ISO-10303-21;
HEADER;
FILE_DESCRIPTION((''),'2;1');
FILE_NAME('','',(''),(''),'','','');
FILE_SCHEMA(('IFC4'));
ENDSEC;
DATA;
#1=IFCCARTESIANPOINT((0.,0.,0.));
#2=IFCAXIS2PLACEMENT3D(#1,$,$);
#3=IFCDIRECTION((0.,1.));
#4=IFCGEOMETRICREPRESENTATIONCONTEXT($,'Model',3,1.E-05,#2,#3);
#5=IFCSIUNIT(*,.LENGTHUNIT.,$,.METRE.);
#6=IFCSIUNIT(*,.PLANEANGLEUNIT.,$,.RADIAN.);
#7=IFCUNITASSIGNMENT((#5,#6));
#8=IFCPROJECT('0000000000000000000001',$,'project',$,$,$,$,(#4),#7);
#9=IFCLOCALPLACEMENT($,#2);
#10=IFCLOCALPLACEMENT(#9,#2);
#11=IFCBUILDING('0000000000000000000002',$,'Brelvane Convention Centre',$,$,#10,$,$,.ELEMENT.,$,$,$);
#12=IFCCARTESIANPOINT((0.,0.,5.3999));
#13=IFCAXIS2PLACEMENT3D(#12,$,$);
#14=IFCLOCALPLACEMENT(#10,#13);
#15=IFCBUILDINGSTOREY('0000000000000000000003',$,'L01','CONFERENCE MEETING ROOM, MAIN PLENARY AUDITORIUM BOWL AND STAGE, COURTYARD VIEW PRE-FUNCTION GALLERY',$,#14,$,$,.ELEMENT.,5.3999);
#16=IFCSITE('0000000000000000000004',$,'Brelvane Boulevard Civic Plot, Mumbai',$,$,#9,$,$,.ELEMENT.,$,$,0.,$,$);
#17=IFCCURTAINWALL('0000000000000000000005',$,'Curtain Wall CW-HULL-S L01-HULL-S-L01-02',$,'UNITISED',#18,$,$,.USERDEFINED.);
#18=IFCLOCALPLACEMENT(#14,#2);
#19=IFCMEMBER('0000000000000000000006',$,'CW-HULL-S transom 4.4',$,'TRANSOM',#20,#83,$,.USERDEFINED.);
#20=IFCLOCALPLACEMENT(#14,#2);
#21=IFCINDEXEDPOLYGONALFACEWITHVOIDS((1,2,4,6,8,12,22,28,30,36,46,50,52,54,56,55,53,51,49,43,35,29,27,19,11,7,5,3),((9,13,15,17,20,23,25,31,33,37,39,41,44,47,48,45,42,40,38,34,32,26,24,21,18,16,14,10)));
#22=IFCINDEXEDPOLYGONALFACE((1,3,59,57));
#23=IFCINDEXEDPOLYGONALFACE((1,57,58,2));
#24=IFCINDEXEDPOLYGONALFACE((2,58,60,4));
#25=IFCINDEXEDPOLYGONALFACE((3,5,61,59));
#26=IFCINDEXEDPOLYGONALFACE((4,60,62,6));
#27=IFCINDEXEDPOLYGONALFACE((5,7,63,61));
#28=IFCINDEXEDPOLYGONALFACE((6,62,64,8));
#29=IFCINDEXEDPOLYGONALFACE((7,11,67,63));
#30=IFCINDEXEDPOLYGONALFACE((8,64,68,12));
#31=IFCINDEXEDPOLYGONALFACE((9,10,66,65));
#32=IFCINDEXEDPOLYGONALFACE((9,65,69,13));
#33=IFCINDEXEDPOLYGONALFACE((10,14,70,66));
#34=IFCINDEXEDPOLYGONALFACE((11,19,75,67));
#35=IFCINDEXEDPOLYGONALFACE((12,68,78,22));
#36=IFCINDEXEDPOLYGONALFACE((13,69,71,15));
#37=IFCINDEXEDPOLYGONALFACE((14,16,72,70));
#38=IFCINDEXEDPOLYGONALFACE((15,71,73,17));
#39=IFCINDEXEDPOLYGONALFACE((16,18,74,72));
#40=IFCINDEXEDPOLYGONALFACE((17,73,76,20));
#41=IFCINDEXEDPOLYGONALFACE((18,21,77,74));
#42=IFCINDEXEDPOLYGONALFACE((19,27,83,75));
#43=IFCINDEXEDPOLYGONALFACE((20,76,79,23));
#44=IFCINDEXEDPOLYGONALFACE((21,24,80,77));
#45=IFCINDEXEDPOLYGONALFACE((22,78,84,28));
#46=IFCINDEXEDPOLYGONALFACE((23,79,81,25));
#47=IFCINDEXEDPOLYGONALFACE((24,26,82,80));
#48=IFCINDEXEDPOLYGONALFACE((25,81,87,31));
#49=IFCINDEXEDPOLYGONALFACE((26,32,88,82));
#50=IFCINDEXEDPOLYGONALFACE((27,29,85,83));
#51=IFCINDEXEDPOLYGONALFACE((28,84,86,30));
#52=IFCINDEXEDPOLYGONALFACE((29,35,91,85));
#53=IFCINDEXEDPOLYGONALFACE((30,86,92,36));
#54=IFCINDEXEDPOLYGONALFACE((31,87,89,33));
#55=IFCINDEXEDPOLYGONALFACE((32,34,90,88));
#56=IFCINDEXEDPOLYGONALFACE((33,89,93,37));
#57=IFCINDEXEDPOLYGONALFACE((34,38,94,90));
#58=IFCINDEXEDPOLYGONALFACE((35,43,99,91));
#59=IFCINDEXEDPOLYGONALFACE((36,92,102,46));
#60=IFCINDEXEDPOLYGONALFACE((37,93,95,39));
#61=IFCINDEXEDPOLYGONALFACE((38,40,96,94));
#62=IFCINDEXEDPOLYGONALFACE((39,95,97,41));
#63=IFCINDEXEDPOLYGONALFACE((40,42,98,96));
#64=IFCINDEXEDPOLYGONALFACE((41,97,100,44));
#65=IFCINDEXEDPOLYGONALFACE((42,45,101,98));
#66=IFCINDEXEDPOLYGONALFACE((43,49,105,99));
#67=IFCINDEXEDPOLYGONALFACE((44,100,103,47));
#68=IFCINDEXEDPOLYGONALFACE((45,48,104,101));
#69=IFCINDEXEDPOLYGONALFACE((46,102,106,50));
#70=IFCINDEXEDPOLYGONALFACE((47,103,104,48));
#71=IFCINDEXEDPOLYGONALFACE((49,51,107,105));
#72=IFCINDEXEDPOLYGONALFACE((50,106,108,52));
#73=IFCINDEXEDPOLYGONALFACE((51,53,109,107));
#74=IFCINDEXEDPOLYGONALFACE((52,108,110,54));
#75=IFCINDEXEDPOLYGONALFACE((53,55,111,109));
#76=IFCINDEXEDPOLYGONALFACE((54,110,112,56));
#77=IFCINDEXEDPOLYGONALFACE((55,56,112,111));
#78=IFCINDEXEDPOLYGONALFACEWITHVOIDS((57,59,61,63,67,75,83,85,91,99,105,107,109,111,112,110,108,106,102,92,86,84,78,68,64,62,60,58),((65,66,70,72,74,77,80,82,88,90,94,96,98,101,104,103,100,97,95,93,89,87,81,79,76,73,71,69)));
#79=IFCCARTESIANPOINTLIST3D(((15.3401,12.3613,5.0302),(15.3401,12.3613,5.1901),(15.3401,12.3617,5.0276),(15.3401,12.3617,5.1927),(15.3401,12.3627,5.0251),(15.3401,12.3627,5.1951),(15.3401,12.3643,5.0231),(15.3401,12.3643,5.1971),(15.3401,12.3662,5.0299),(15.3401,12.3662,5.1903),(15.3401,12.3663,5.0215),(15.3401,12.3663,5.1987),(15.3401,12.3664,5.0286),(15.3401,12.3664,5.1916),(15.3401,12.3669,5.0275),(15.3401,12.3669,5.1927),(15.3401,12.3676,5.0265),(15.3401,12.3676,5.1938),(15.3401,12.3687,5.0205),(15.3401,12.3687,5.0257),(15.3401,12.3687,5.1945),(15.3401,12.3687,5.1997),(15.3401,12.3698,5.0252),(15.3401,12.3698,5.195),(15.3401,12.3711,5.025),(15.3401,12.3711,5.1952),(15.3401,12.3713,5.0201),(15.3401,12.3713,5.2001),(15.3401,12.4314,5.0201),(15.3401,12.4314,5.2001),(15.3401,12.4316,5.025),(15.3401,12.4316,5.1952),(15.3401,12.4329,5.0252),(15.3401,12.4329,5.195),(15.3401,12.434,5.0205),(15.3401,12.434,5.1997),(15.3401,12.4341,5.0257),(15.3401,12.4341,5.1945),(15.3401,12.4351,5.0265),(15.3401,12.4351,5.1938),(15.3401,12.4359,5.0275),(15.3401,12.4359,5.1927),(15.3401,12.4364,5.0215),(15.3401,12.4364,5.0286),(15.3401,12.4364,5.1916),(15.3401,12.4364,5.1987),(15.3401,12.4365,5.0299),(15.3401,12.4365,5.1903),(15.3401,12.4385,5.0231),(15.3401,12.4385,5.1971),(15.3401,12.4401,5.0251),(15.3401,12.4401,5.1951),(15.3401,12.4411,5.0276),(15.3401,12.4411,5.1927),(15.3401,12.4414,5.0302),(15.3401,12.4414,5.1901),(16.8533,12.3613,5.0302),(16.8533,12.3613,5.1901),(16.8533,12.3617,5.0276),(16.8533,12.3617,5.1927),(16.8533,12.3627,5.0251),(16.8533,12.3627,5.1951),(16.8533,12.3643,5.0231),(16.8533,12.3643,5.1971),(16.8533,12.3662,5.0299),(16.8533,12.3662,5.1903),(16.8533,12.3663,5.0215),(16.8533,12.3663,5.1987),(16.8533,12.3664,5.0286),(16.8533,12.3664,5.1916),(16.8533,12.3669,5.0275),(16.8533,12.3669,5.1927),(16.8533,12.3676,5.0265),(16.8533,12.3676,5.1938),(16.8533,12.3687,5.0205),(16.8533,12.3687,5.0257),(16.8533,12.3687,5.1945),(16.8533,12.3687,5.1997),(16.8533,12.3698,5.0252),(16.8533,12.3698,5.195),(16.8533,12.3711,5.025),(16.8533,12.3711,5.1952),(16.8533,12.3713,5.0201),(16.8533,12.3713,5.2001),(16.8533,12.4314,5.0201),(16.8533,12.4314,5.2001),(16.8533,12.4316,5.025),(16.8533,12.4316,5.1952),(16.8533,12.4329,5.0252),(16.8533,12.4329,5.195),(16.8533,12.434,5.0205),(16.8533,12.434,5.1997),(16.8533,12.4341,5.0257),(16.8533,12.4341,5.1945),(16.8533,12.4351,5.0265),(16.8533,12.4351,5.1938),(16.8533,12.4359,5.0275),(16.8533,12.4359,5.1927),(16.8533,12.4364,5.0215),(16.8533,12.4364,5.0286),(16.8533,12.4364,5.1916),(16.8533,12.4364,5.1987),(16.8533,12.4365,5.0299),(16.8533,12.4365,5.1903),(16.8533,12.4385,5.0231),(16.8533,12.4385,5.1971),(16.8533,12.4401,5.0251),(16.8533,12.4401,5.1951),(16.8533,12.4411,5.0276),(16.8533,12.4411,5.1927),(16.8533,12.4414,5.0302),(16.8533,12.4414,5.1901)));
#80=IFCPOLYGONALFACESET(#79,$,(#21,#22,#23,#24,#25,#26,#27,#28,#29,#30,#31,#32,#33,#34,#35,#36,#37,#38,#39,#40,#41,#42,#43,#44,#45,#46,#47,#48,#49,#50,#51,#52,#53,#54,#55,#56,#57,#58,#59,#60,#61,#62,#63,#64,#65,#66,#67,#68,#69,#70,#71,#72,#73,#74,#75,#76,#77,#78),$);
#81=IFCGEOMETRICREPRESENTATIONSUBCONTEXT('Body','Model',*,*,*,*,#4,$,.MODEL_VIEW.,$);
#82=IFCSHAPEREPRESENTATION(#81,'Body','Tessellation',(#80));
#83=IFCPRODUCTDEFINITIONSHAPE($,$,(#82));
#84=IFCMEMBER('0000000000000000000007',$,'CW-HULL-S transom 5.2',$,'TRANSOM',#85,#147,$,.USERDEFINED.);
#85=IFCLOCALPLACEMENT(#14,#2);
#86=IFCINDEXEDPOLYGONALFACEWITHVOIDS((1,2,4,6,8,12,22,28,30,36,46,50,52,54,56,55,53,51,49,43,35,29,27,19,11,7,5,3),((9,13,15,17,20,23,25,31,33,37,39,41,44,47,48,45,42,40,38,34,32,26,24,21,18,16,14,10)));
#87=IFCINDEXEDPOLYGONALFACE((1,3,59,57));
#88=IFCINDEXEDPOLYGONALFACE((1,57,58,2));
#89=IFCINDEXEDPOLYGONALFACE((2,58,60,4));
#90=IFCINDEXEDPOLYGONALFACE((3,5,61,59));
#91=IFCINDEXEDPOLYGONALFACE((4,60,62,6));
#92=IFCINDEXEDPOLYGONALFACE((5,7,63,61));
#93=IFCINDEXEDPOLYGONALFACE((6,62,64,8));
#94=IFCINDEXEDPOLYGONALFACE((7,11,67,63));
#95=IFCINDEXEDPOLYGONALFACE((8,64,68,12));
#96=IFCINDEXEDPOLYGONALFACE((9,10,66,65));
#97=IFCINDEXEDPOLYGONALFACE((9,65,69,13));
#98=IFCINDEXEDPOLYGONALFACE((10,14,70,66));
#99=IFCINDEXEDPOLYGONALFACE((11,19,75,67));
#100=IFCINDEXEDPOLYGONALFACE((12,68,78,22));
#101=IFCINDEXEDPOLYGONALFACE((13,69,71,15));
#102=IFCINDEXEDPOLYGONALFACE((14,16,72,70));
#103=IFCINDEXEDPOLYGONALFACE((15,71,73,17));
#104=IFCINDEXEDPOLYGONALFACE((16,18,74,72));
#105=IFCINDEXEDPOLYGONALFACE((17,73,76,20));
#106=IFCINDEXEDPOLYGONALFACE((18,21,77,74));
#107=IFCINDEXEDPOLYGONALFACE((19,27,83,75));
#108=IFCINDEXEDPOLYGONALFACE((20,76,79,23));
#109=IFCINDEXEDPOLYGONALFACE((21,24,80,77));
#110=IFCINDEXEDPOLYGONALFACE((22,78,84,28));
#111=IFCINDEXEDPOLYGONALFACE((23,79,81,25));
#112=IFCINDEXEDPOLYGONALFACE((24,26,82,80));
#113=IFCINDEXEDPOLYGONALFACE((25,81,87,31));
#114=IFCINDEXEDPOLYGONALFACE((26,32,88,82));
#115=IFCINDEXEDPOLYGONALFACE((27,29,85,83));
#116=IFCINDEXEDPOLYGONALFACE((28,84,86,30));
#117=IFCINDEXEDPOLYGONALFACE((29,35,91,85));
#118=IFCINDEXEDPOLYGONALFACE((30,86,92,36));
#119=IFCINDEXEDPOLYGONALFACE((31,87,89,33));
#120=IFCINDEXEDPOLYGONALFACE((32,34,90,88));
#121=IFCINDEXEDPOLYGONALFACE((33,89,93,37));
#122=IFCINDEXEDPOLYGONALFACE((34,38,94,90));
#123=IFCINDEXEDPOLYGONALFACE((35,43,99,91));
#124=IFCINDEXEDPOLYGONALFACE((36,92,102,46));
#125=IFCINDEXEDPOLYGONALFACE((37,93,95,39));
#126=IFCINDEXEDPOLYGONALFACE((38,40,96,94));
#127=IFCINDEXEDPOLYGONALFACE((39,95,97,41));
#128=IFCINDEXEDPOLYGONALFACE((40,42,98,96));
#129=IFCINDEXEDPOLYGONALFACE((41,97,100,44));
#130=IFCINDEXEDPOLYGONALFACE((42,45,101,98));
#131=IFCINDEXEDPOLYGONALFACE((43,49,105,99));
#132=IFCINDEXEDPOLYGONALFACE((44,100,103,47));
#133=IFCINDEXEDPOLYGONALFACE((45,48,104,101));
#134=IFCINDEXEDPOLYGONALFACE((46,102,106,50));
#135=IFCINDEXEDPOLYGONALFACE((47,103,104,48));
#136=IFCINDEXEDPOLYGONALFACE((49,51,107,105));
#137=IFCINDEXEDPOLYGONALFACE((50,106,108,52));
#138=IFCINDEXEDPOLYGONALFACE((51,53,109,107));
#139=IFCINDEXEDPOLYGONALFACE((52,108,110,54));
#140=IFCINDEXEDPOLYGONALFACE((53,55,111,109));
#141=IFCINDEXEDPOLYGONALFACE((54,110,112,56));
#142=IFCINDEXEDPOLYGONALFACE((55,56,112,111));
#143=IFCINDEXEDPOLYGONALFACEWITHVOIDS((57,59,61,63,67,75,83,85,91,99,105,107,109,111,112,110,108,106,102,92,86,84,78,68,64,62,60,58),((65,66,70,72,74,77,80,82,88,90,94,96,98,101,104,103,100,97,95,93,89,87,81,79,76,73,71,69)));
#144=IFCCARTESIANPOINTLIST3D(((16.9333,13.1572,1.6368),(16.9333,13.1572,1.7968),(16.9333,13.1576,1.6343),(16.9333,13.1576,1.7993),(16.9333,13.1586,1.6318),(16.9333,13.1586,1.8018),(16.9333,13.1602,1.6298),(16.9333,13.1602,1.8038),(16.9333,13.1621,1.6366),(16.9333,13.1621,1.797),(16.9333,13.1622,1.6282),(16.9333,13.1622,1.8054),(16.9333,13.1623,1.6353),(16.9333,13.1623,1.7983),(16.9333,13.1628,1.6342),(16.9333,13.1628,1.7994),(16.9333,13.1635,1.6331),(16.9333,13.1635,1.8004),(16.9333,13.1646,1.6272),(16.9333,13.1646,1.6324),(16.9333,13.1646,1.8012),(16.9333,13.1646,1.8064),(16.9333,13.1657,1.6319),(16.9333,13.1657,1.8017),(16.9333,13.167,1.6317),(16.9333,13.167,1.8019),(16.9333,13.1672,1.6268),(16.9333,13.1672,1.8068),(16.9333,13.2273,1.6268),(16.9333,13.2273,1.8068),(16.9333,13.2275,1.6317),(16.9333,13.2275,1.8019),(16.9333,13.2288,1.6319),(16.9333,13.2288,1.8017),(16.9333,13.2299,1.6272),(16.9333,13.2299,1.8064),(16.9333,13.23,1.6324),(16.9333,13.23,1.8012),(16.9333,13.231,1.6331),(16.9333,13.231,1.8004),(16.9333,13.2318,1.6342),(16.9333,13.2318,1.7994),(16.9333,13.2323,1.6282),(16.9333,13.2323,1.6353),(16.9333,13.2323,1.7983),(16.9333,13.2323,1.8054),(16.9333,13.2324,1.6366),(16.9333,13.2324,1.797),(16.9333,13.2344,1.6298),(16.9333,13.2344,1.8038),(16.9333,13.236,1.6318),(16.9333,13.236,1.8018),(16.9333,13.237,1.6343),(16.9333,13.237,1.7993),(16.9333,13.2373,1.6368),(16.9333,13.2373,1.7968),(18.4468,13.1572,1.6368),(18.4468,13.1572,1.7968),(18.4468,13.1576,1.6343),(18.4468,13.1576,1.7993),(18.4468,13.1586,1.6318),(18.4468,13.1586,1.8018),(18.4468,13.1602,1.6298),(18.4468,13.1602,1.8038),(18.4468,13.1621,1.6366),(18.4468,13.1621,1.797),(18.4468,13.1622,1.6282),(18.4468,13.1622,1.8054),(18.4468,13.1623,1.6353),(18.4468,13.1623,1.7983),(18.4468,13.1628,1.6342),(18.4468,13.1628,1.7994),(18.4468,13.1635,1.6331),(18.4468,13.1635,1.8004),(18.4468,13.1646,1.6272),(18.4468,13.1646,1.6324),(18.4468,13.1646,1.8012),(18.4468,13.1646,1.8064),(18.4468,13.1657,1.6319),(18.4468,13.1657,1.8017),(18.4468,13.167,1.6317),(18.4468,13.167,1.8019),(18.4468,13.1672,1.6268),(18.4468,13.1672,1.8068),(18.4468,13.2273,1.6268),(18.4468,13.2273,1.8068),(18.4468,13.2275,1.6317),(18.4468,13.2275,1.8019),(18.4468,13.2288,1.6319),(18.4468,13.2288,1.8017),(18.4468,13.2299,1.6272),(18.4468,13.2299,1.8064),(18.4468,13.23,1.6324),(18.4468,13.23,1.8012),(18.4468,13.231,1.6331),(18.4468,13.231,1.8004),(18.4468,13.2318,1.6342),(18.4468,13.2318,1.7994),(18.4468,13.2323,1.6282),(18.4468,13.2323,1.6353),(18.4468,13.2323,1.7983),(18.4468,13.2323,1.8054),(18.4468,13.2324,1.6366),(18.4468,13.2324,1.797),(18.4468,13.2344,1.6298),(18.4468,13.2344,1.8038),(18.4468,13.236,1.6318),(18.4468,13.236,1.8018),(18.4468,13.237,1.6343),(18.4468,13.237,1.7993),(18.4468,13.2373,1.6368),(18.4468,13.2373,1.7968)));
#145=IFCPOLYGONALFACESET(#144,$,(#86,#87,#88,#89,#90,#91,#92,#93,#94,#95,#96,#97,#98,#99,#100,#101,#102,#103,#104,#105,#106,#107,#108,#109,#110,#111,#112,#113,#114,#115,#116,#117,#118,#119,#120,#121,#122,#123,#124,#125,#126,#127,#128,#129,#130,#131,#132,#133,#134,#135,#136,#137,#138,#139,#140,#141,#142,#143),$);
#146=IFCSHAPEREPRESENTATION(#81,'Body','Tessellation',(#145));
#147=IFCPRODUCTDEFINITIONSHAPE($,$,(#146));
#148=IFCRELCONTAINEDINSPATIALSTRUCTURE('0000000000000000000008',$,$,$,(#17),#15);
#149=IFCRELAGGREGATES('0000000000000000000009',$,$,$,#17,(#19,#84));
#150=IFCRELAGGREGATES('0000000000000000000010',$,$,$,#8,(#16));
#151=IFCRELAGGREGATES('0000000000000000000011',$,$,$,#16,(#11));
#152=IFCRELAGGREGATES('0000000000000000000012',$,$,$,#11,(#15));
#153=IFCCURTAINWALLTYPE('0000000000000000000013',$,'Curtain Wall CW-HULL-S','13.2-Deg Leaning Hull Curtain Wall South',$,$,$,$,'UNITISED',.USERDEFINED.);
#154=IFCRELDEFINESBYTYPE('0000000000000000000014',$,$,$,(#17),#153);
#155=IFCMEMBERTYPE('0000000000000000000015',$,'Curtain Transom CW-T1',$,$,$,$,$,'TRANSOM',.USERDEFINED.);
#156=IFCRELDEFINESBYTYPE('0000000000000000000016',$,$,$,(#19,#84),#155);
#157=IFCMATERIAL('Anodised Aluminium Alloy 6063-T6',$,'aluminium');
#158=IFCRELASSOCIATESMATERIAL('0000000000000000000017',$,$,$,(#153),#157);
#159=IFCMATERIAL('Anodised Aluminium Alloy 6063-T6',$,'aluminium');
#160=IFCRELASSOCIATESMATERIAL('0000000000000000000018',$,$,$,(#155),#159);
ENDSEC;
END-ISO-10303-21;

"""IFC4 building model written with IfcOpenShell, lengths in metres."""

from ifc_helpers import new_model, si_unit, direction, frame, origin, origin_2d, place, context, subcontext, project, spatial, hollow_rectangle, extrude, material, material_profile, profile_set, type_object, element, aggregate, save


model = new_model("IFC4")

# Units and contexts
model_context = context("Model", 3, precision=1e-05, world=origin(), true_north=direction((0.0, 1.0)))
body_context = subcontext(model_context, "Body", "Model", "MODEL_VIEW")
ifc_project = project(units=[si_unit("LENGTHUNIT", "METRE"), si_unit("PLANEANGLEUNIT", "RADIAN")], contexts=[model_context])

# Site, building, storey
site_placement = place(None, origin())
site = spatial("IfcSite", under=ifc_project, at=site_placement, Name="Brelvane Boulevard Civic Plot, Mumbai", CompositionType="ELEMENT", RefElevation=0.0)
building_placement = place(site_placement, origin())
building = spatial("IfcBuilding", under=site, at=building_placement, Name="Brelvane Convention Centre", CompositionType="ELEMENT")
storey_placement = place(building_placement, frame((0.0, 0.0, 5.3999)))
storey = spatial("IfcBuildingStorey", under=building, at=storey_placement, Name="L01", Description="CONFERENCE MEETING ROOM, MAIN PLENARY AUDITORIUM BOWL AND STAGE, COURTYARD VIEW PRE-FUNCTION GALLERY", CompositionType="ELEMENT", Elevation=5.3999)

# Curtain wall, members
ifc_material_1 = material(Name="Anodised Aluminium Alloy 6063-T6", Category="aluminium")
curtain_wall_type = type_object("IfcCurtainWallType", Name="Curtain Wall CW-HULL-S", Description="13.2-Deg Leaning Hull Curtain Wall South", ElementType="UNITISED", PredefinedType="USERDEFINED", material=ifc_material_1)
curtain_wall_1_placement = place(storey_placement, origin())
curtain_wall_1 = element("IfcCurtainWall", 1, at=curtain_wall_1_placement, inside=storey, type_object=curtain_wall_type, Name="Curtain Wall CW-HULL-S L01-HULL-S-L01-02", ObjectType="UNITISED", PredefinedType="USERDEFINED")
ifc_material_2 = material(Name="Anodised Aluminium Alloy 6063-T6", Category="aluminium")
ifc_material_profile = material_profile(ifc_material_2, hollow_rectangle(XDim=0.0801, YDim=0.1799, WallThickness=0.0049, InnerFilletRadius=0.0049, OuterFilletRadius=0.01, at=origin_2d()), Name="ALU-T 180x80x5.0")
ifc_profile_set = profile_set([ifc_material_profile], Name="Anodised Aluminium Alloy 6063-T6")
member_type = type_object("IfcMemberType", Name="Curtain Transom CW-T1", ElementType="TRANSOM", PredefinedType="USERDEFINED", material=ifc_profile_set)
member_1_placement = place(storey_placement, frame((15.3401, 12.4014, 5.1101), z_axis=(1.0, 0.0, 0.0), x_axis=(0.0, 1.0, 0.0)))
member_1 = element("IfcMember", 2, at=member_1_placement, type_object=member_type, Name="CW-HULL-S transom 4.4", ObjectType="TRANSOM", PredefinedType="USERDEFINED", context=body_context, shape_type="SweptSolid", body=[
    extrude(hollow_rectangle(XDim=0.0801, YDim=0.1799, WallThickness=0.0049, InnerFilletRadius=0.0049, OuterFilletRadius=0.01, at=origin_2d()), origin(), (0.0, 0.0, 1.0), 1.5132),
])
member_2_placement = place(storey_placement, frame((16.9333, 13.1973, 1.7168), z_axis=(1.0, 0.0, 0.0), x_axis=(0.0, 1.0, 0.0)))
member_2 = element("IfcMember", 3, at=member_2_placement, type_object=member_type, Name="CW-HULL-S transom 5.2", ObjectType="TRANSOM", PredefinedType="USERDEFINED", context=body_context, shape_type="SweptSolid", body=[
    extrude(hollow_rectangle(XDim=0.0801, YDim=0.1799, WallThickness=0.0049, InnerFilletRadius=0.0049, OuterFilletRadius=0.01, at=origin_2d()), origin(), (0.0, 0.0, 1.0), 1.5134),
])

aggregate(curtain_wall_1, [member_1, member_2])

save(model, "model.ifc")
